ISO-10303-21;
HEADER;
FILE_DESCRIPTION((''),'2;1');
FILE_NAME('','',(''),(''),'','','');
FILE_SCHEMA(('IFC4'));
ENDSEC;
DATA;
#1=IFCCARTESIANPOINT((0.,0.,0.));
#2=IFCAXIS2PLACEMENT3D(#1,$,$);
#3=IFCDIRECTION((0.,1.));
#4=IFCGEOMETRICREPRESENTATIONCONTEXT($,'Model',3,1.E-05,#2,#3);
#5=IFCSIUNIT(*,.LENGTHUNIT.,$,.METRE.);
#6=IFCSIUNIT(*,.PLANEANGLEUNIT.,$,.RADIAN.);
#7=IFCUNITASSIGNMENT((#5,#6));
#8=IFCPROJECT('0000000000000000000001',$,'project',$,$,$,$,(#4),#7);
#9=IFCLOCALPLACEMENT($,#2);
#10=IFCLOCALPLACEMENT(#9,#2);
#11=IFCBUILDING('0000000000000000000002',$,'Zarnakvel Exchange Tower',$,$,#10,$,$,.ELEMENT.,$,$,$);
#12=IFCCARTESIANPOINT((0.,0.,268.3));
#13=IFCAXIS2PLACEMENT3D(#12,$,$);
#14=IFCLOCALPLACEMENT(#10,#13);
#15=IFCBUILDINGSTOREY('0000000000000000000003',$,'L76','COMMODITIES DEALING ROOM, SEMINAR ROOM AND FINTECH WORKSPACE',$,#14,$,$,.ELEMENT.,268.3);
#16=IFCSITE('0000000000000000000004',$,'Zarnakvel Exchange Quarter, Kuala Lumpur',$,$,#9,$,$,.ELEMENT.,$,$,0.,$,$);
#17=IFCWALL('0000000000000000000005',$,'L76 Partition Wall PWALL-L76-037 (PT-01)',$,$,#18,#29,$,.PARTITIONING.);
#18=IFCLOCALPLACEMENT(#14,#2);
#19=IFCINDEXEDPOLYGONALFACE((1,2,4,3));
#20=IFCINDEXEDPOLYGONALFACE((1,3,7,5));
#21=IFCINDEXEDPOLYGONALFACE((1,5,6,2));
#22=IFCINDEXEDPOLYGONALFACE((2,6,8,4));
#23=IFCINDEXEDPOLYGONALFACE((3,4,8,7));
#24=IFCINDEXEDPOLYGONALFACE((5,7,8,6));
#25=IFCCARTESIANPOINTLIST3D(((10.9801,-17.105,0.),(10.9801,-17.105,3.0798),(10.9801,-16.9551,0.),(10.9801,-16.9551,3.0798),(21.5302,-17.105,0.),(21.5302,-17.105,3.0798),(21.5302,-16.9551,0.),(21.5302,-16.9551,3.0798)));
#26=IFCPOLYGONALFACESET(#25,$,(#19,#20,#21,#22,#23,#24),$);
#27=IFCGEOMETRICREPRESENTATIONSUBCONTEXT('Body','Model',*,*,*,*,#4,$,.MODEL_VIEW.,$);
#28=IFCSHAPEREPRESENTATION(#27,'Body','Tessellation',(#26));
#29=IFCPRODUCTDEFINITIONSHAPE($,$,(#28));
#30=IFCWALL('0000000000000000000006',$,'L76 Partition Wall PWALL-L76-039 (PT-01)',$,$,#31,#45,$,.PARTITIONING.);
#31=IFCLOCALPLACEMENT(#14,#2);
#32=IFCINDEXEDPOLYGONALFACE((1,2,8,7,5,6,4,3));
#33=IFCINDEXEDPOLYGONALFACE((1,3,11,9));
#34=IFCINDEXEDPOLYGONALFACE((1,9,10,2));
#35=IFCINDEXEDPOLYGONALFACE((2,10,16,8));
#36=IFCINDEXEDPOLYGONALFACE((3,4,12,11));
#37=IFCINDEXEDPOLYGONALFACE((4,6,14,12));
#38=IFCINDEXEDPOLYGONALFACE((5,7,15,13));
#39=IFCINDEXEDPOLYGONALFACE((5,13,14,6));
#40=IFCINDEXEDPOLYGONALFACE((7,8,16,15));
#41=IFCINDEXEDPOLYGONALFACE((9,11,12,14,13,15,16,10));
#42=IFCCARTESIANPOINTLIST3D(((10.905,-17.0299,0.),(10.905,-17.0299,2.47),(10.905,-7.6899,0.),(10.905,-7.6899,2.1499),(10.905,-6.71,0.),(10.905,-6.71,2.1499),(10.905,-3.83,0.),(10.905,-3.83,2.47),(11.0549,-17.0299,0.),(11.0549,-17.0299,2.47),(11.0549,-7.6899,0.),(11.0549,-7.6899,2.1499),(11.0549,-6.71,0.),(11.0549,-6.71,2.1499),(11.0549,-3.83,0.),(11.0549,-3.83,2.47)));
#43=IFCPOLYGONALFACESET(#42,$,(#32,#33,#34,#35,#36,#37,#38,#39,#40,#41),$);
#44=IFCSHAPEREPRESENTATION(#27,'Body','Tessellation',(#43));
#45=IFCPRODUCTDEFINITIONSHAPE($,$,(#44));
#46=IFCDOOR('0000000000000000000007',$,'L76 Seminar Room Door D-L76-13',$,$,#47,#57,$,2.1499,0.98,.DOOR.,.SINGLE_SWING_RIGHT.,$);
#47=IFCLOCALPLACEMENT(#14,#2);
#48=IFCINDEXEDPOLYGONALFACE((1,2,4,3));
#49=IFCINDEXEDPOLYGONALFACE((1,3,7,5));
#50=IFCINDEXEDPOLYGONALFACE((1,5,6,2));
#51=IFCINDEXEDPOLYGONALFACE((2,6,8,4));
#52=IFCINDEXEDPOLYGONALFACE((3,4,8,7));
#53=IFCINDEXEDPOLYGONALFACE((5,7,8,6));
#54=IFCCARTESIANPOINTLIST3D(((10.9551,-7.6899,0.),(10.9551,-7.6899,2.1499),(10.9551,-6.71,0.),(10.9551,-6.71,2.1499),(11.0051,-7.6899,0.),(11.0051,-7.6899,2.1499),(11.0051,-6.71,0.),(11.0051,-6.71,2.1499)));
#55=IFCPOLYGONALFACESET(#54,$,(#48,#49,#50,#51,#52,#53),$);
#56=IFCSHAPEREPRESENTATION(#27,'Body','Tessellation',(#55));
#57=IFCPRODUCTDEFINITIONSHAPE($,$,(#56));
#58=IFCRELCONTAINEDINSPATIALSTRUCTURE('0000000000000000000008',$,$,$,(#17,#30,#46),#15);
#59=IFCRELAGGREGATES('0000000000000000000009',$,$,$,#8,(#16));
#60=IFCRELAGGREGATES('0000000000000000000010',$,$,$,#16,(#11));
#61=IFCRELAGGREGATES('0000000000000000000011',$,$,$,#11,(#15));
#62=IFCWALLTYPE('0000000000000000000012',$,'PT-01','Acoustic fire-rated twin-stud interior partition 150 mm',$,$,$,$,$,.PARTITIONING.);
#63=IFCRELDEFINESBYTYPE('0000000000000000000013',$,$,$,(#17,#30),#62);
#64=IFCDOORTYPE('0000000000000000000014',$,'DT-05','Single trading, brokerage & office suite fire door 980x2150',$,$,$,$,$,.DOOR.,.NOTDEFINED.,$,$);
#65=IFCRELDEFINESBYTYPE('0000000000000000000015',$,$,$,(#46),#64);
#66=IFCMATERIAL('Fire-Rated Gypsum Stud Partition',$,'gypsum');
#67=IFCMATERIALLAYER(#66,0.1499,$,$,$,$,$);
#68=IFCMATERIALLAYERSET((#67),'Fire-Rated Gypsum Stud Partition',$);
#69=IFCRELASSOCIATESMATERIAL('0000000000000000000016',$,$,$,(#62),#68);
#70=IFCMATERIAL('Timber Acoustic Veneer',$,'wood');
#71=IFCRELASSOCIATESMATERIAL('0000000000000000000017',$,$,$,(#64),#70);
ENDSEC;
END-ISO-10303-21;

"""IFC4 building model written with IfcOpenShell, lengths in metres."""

from ifc_helpers import new_model, si_unit, direction, frame, frame_2d, origin, place, context, subcontext, project, spatial, rectangle, extrude, source, transform, mapped, material, layer, layer_set, type_object, element, fill, save


model = new_model("IFC4")

# Units and contexts
model_context = context("Model", 3, precision=1e-05, world=origin(), true_north=direction((0.0, 1.0)))
body_context = subcontext(model_context, "Body", "Model", "MODEL_VIEW")
ifc_project = project(units=[si_unit("LENGTHUNIT", "METRE"), si_unit("PLANEANGLEUNIT", "RADIAN")], contexts=[model_context])

# Site, building, storey
site_placement = place(None, origin())
site = spatial("IfcSite", under=ifc_project, at=site_placement, Name="Zarnakvel Exchange Quarter, Kuala Lumpur", CompositionType="ELEMENT", RefElevation=0.0)
building_placement = place(site_placement, origin())
building = spatial("IfcBuilding", under=site, at=building_placement, Name="Zarnakvel Exchange Tower", CompositionType="ELEMENT")
storey_placement = place(building_placement, frame((0.0, 0.0, 268.3)))
storey = spatial("IfcBuildingStorey", under=building, at=storey_placement, Name="L76", Description="COMMODITIES DEALING ROOM, SEMINAR ROOM AND FINTECH WORKSPACE", CompositionType="ELEMENT", Elevation=268.3)

# Wall
ifc_material_1 = material(Name="Fire-Rated Gypsum Stud Partition", Category="gypsum")
ifc_layer_1 = layer(ifc_material_1, 0.1499)
ifc_layer_set_1 = layer_set([ifc_layer_1], Name="Fire-Rated Gypsum Stud Partition")
wall_type_1 = type_object("IfcWallType", Name="PT-01", Description="Acoustic fire-rated twin-stud interior partition 150 mm", PredefinedType="PARTITIONING", material=ifc_layer_set_1)
wall_1_placement = place(storey_placement, frame((21.53, -17.03, 0.0), z_axis=(0.0, 0.0, 1.0), x_axis=(-1.0, 0.0, 0.0)))
element("IfcWall", 1, at=wall_1_placement, inside=storey, type_object=wall_type_1, Name="L76 Partition Wall PWALL-L76-037 (PT-01)", PredefinedType="PARTITIONING", context=body_context, shape_type="SweptSolid", body=[
    extrude(rectangle(XDim=10.55, YDim=0.1499, at=frame_2d((5.2749, 0.0))), origin(), (0.0, 0.0, 1.0), 3.0798),
])

# Wall, opening, door
wall_2_placement = place(storey_placement, frame((10.98, -17.03, 0.0), z_axis=(0.0, 0.0, 1.0), x_axis=(0.0, 1.0, 0.0)))
wall_2 = element("IfcWall", 2, at=wall_2_placement, inside=storey, type_object=wall_type_1, Name="L76 Partition Wall PWALL-L76-039 (PT-01)", PredefinedType="PARTITIONING", context=body_context, shape_type="SweptSolid", body=[
    extrude(rectangle(XDim=13.2, YDim=0.1499, at=frame_2d((6.6001, 0.0))), origin(), (0.0, 0.0, 1.0), 2.47),
])
opening_placement = place(wall_2_placement, frame((9.3401, 0.0, 0.0)))
opening = element("IfcOpeningElement", 3, at=opening_placement, cuts=wall_2, PredefinedType="OPENING", context=body_context, shape_type="SweptSolid", body=[
    extrude(rectangle(XDim=0.98, YDim=2.1499, at=frame_2d((0.49, 1.075))), frame((0.0, 0.085, 0.0), z_axis=(0.0, -1.0, 0.0), x_axis=(1.0, 0.0, 0.0)), (0.0, 0.0, 1.0), 0.1699),
])
ifc_material_2 = material(Name="Timber Acoustic Veneer", Category="wood")
door_type = type_object("IfcDoorType", Name="DT-05", Description="Single trading, brokerage & office suite fire door 980x2150", OperationType="NOTDEFINED", PredefinedType="DOOR", material=ifc_material_2)
shared_shape_1 = source(origin(), body_context, "Body", "SweptSolid", [
    extrude(rectangle(XDim=0.98, YDim=2.1499, at=frame_2d((0.49, 1.075))), frame((0.0, 0.0249, 0.0), z_axis=(0.0, -1.0, 0.0), x_axis=(1.0, 0.0, 0.0)), (0.0, 0.0, 1.0), 0.05),
])
door_placement = place(opening_placement, origin())
door = element("IfcDoor", 4, at=door_placement, inside=storey, type_object=door_type, Name="L76 Seminar Room Door D-L76-13", OperationType="SINGLE_SWING_RIGHT", OverallHeight=2.1499, OverallWidth=0.98, PredefinedType="DOOR", context=body_context, shape_type="MappedRepresentation", body=[
    mapped(shared_shape_1, transform((0.0, 0.0, 0.0), x_axis=(1.0, 0.0, 0.0), y_axis=(0.0, 1.0, 0.0), z_axis=(0.0, 0.0, 1.0), scale=1.0)),
])
fill(opening, door)

save(model, "model.ifc")
